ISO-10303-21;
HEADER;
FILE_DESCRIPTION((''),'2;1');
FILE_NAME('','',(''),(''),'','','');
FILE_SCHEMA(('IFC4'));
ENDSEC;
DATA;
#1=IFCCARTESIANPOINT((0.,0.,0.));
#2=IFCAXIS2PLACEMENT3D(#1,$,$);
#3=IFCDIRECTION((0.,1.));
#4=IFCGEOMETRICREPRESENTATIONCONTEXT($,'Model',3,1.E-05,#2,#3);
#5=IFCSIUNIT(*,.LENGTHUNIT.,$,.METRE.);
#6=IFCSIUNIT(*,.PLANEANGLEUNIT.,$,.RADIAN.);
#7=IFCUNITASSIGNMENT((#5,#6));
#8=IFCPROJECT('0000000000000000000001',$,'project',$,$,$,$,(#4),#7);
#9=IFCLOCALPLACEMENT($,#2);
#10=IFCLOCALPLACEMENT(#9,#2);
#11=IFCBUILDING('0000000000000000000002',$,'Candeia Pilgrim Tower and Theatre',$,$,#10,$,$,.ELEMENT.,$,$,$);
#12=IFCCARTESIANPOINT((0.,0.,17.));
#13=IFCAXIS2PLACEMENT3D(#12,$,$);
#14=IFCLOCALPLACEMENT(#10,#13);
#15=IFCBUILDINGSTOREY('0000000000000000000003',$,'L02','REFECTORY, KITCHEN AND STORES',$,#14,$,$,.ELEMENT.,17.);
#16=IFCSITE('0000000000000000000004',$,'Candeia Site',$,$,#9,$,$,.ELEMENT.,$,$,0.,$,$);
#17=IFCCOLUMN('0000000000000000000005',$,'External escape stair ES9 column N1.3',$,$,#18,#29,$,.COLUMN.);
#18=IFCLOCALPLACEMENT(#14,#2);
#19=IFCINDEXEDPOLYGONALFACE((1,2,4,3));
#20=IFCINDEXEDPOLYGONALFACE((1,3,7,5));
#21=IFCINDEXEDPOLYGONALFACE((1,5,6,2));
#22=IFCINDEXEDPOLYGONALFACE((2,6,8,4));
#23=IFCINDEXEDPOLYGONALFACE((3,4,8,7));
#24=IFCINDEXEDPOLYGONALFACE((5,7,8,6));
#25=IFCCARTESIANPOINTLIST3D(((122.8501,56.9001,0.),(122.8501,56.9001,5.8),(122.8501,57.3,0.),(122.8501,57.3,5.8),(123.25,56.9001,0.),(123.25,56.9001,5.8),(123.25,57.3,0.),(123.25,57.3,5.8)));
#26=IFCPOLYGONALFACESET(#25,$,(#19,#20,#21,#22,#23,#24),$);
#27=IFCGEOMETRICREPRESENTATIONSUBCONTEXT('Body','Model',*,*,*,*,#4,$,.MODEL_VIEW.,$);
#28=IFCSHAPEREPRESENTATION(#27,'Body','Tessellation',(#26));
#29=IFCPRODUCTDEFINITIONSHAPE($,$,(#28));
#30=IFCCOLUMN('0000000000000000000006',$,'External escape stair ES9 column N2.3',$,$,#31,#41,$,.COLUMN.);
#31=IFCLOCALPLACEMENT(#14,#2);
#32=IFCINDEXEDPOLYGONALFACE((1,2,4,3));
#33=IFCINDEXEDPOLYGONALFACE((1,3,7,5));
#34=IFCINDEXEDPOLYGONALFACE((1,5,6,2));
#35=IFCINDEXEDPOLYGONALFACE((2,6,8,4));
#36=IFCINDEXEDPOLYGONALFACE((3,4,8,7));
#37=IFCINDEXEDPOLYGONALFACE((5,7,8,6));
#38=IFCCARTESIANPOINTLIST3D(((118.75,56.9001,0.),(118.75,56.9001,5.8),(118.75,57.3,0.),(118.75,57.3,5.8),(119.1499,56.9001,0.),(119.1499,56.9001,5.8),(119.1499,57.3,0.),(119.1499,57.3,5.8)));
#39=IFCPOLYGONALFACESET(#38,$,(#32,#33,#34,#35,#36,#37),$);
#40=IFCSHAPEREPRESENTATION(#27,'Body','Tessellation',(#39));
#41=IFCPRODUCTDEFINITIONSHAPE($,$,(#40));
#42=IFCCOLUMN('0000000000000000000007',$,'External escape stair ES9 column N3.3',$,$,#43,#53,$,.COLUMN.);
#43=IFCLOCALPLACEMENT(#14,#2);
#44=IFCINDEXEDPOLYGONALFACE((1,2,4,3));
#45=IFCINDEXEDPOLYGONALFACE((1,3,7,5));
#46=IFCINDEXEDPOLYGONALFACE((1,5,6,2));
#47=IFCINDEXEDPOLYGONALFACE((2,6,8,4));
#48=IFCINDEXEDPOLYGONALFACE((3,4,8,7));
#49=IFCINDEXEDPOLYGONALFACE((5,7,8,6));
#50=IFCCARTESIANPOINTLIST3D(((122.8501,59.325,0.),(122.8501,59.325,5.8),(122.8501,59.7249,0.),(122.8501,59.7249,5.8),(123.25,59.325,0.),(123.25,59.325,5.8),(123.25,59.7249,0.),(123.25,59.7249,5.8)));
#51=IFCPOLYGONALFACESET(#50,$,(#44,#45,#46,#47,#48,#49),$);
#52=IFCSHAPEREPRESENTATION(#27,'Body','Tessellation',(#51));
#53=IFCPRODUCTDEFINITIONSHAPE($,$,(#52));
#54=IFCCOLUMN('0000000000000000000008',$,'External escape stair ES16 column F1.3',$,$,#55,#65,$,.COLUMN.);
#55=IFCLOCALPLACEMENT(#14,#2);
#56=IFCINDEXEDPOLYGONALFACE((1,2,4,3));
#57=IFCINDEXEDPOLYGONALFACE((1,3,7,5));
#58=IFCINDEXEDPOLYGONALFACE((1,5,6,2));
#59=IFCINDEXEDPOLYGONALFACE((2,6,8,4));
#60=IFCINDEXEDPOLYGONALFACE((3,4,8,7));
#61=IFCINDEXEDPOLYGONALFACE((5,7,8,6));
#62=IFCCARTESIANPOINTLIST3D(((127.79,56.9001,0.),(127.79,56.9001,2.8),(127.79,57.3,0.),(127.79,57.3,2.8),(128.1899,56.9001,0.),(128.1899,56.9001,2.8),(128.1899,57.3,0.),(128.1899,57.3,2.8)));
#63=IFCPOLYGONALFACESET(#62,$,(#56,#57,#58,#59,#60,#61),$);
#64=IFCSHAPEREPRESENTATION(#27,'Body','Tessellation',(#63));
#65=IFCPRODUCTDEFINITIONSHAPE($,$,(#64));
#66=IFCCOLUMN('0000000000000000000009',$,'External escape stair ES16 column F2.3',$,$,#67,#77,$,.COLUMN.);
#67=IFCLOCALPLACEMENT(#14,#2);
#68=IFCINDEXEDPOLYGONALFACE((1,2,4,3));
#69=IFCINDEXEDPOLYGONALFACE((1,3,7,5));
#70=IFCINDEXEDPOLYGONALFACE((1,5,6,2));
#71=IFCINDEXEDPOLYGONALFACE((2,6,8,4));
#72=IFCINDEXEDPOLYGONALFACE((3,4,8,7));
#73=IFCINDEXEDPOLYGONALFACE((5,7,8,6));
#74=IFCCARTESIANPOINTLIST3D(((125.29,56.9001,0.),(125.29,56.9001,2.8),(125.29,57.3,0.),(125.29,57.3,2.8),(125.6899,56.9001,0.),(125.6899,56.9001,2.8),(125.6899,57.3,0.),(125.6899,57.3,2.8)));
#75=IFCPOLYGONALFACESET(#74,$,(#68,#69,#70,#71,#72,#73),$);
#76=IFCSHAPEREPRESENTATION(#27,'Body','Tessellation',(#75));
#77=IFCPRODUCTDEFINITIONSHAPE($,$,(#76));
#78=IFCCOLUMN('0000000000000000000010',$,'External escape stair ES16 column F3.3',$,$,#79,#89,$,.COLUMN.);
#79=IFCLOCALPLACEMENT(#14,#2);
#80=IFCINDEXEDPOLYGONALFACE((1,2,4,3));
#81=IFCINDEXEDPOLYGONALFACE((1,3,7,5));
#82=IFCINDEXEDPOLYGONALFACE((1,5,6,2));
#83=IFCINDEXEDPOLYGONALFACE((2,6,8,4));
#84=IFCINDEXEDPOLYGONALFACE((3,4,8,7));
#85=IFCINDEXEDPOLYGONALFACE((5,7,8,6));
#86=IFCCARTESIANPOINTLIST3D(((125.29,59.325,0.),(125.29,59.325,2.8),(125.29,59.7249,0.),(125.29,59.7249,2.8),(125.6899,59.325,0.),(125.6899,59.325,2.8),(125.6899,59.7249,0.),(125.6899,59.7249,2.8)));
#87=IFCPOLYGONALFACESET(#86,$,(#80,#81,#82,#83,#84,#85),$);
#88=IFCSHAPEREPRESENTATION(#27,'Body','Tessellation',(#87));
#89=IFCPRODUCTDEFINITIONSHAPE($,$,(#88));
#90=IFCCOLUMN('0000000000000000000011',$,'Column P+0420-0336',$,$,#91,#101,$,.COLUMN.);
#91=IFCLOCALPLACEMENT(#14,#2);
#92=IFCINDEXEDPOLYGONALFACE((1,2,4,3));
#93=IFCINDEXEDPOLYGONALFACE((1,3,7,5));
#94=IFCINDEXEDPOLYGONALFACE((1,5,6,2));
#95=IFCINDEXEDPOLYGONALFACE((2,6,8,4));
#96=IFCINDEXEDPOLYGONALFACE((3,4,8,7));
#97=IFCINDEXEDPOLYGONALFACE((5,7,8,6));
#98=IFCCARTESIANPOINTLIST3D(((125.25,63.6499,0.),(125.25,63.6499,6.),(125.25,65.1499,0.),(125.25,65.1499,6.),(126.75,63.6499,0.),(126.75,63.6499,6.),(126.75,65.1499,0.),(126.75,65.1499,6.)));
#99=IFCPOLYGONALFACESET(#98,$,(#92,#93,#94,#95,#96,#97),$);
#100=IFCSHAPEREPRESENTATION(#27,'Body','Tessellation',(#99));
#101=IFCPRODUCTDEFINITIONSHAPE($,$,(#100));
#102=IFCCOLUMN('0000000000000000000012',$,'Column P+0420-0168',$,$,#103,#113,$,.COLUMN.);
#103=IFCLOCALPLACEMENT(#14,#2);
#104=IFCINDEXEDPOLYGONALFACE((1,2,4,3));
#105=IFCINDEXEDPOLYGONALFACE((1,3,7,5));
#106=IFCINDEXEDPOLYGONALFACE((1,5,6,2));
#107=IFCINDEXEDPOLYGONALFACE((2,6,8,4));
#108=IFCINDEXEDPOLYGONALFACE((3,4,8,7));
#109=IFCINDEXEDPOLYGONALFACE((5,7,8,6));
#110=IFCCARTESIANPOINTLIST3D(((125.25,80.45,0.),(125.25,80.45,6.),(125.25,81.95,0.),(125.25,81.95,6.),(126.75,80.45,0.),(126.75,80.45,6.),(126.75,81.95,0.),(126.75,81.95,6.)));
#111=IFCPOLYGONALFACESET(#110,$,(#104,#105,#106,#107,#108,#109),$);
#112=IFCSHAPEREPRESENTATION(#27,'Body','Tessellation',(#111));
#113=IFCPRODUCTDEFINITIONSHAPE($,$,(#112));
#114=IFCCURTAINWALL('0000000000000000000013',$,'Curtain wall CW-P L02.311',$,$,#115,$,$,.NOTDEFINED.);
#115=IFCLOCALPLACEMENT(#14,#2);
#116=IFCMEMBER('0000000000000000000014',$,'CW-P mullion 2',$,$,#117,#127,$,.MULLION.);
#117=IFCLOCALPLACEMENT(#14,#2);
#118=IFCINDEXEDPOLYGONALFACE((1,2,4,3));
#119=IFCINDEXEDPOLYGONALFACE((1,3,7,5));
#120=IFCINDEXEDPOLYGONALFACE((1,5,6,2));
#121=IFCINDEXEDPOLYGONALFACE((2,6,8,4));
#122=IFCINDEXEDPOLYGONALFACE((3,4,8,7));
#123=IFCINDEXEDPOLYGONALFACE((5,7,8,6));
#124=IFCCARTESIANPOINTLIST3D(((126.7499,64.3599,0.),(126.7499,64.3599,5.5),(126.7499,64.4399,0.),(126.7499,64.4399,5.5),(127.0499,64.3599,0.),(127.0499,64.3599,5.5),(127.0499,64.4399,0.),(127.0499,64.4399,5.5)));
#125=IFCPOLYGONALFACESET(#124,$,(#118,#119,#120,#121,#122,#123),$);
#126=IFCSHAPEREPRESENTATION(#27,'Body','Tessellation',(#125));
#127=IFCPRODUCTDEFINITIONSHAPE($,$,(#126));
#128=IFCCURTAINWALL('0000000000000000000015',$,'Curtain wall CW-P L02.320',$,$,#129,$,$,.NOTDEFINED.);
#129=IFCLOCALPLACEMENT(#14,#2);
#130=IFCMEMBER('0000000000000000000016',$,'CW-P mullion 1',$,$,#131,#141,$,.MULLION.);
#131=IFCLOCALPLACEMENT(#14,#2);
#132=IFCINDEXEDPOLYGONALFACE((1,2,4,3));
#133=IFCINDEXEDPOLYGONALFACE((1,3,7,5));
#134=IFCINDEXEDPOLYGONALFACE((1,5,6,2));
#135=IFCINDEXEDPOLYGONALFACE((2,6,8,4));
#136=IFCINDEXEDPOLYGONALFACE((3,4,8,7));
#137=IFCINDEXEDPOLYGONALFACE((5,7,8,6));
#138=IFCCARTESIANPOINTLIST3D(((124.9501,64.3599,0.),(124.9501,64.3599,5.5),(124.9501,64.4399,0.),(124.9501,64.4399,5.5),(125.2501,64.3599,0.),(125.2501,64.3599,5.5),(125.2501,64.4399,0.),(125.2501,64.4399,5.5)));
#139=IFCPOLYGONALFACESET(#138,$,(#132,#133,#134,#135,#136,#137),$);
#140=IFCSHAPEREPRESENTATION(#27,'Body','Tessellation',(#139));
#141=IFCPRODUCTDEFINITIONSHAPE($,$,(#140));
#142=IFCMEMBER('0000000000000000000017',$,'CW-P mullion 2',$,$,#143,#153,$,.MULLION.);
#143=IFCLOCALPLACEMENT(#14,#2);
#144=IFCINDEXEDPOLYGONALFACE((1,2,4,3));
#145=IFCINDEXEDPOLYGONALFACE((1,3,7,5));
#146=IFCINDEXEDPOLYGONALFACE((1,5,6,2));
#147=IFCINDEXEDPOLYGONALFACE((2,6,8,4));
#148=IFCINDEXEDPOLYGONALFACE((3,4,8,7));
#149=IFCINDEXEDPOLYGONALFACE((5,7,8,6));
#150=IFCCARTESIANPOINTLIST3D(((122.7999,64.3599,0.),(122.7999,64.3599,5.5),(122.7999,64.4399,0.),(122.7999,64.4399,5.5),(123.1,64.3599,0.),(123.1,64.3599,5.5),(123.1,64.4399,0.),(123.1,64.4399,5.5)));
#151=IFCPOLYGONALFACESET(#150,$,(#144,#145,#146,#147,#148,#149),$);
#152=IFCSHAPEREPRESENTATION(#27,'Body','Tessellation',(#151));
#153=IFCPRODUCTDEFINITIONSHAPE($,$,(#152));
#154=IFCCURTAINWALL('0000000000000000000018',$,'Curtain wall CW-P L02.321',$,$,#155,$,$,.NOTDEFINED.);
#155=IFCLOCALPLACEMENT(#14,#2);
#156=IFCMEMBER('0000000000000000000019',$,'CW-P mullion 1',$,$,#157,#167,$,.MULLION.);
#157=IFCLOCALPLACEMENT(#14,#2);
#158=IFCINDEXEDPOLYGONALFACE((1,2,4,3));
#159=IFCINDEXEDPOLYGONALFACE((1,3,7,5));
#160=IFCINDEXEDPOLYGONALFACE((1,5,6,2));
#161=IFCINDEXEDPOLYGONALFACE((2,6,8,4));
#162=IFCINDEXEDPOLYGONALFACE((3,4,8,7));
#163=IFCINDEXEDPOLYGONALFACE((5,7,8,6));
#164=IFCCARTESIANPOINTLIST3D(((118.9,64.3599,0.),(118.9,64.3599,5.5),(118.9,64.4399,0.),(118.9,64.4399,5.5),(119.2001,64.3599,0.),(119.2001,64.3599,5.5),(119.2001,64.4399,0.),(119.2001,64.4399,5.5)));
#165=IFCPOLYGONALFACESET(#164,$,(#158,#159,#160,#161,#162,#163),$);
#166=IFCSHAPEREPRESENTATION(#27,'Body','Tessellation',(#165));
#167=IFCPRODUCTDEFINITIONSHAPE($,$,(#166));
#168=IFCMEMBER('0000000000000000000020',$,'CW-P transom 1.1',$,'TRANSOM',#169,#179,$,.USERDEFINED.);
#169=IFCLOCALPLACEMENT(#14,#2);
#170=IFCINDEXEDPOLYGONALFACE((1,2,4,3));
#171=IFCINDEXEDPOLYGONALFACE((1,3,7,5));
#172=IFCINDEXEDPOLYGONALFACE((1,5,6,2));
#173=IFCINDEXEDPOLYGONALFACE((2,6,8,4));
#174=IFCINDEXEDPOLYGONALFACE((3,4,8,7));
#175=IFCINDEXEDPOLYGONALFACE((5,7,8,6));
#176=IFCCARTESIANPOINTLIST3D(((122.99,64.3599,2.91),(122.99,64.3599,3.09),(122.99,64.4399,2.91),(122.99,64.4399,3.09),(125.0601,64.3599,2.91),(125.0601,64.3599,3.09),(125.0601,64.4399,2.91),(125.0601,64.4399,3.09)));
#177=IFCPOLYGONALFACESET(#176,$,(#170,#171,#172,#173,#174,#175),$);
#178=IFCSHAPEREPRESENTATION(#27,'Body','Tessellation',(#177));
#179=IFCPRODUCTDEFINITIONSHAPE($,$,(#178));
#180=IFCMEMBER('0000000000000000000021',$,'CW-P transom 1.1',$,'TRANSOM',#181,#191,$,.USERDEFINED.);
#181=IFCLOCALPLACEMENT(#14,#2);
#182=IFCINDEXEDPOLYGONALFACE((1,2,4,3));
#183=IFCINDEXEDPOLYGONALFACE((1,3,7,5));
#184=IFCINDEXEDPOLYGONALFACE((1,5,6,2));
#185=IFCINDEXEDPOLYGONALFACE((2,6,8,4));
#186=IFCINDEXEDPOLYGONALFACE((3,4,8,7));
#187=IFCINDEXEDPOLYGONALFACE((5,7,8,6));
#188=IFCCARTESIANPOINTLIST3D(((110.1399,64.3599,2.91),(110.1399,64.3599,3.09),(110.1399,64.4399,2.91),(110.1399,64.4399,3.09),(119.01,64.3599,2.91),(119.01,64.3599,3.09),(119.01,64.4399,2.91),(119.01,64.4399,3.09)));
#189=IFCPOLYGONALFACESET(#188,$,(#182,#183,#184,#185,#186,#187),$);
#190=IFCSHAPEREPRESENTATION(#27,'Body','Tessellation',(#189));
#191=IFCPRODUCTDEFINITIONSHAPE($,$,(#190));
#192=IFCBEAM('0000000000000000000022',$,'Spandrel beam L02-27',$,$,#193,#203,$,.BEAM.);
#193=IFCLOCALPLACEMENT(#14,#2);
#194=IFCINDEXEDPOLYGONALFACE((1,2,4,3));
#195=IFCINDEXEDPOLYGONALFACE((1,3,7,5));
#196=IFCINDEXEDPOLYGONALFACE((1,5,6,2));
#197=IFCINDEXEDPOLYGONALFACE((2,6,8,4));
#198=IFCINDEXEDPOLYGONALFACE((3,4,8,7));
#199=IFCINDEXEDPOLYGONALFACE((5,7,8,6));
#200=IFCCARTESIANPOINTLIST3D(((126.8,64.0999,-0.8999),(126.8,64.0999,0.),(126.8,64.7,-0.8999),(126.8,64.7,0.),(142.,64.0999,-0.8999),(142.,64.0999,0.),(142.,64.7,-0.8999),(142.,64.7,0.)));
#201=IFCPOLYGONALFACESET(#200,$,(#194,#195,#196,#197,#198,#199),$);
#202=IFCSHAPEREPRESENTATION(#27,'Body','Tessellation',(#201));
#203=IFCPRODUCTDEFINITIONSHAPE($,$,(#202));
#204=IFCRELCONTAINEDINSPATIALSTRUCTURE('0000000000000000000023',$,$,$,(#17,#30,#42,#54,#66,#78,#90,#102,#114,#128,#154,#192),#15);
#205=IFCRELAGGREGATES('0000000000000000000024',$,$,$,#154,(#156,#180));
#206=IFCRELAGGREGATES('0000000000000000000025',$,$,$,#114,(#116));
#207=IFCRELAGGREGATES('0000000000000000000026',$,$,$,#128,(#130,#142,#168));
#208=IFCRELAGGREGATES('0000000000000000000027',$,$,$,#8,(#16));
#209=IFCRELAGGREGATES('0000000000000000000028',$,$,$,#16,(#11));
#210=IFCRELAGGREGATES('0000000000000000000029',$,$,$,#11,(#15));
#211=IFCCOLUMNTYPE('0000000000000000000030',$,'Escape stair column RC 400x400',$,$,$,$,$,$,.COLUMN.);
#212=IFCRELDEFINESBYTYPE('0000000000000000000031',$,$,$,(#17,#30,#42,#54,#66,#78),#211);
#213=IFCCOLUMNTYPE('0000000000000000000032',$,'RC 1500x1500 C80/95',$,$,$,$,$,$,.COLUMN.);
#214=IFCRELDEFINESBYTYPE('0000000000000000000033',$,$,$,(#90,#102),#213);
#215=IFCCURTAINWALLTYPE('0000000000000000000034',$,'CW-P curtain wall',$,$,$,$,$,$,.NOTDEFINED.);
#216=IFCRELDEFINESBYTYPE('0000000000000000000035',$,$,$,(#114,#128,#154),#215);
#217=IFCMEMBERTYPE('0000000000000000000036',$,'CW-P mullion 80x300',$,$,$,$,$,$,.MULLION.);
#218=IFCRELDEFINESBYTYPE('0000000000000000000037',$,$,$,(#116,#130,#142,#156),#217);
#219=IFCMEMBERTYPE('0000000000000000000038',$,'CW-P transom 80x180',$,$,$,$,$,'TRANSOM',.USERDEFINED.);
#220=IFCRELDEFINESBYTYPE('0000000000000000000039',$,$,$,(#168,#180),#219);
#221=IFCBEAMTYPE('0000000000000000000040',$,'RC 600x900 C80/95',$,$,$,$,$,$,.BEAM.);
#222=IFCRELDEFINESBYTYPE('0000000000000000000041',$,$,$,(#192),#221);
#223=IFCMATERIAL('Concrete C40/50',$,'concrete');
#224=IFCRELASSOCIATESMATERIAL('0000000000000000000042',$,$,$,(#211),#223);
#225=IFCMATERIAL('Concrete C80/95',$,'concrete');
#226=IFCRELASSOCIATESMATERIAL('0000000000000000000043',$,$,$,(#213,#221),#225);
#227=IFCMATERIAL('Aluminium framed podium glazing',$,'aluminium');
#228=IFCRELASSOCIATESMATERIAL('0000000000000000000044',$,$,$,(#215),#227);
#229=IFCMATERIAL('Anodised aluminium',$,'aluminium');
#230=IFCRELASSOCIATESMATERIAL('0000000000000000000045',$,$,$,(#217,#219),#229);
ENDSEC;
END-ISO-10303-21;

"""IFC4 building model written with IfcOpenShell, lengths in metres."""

from ifc_helpers import new_model, si_unit, direction, frame, origin, origin_2d, place, context, subcontext, project, spatial, rectangle, extrude, material, material_profile, profile_set, type_object, element, aggregate, save


model = new_model("IFC4")

# Units and contexts
model_context = context("Model", 3, precision=1e-05, world=origin(), true_north=direction((0.0, 1.0)))
body_context = subcontext(model_context, "Body", "Model", "MODEL_VIEW")
ifc_project = project(units=[si_unit("LENGTHUNIT", "METRE"), si_unit("PLANEANGLEUNIT", "RADIAN")], contexts=[model_context])

# Site, building, storey
site_placement = place(None, origin())
site = spatial("IfcSite", under=ifc_project, at=site_placement, Name="Candeia Site", CompositionType="ELEMENT", RefElevation=0.0)
building_placement = place(site_placement, origin())
building = spatial("IfcBuilding", under=site, at=building_placement, Name="Candeia Pilgrim Tower and Theatre", CompositionType="ELEMENT")
storey_placement = place(building_placement, frame((0.0, 0.0, 17.0)))
storey = spatial("IfcBuildingStorey", under=building, at=storey_placement, Name="L02", Description="REFECTORY, KITCHEN AND STORES", CompositionType="ELEMENT", Elevation=17.0)

# Columns
ifc_material_1 = material(Name="Concrete C40/50", Category="concrete")
ifc_material_profile_1 = material_profile(ifc_material_1, rectangle(XDim=0.3999, YDim=0.3999, at=origin_2d()))
ifc_profile_set_1 = profile_set([ifc_material_profile_1], Name="Concrete C40/50")
column_type_1 = type_object("IfcColumnType", Name="Escape stair column RC 400x400", PredefinedType="COLUMN", material=ifc_profile_set_1)
for number, where, z_axis, x_axis, name in (
    (1, (123.05, 57.1001, 0.0), (0.0, 0.0, 1.0), (1.0, 0.0, 0.0), "External escape stair ES9 column N1.3"),
    (2, (118.95, 57.1001, 0.0), (0.0, 0.0, 1.0), (1.0, 0.0, 0.0), "External escape stair ES9 column N2.3"),
    (3, (123.05, 59.5249, 0.0), (0.0, 0.0, 1.0), (1.0, 0.0, 0.0), "External escape stair ES9 column N3.3"),
):
    element("IfcColumn", number, at=place(storey_placement, frame(where, z_axis=z_axis, x_axis=x_axis)), inside=storey, type_object=column_type_1, Name=name, PredefinedType="COLUMN", context=body_context, shape_type="SweptSolid", body=[
        extrude(rectangle(XDim=0.3999, YDim=0.3999, at=origin_2d()), origin(), (0.0, 0.0, 1.0), 5.8),
    ])
for number, where, z_axis, x_axis, name in (
    (4, (127.99, 57.1001, 0.0), (0.0, 0.0, 1.0), (1.0, 0.0, 0.0), "External escape stair ES16 column F1.3"),
    (5, (125.49, 57.1001, 0.0), (0.0, 0.0, 1.0), (1.0, 0.0, 0.0), "External escape stair ES16 column F2.3"),
    (6, (125.49, 59.5249, 0.0), (0.0, 0.0, 1.0), (1.0, 0.0, 0.0), "External escape stair ES16 column F3.3"),
):
    element("IfcColumn", number, at=place(storey_placement, frame(where, z_axis=z_axis, x_axis=x_axis)), inside=storey, type_object=column_type_1, Name=name, PredefinedType="COLUMN", context=body_context, shape_type="SweptSolid", body=[
        extrude(rectangle(XDim=0.3999, YDim=0.3999, at=origin_2d()), origin(), (0.0, 0.0, 1.0), 2.8),
    ])
ifc_material_2 = material(Name="Concrete C80/95", Category="concrete")
ifc_material_profile_2 = material_profile(ifc_material_2, rectangle(XDim=1.5, YDim=1.5, at=origin_2d()))
ifc_profile_set_2 = profile_set([ifc_material_profile_2], Name="Concrete C80/95")
column_type_2 = type_object("IfcColumnType", Name="RC 1500x1500 C80/95", PredefinedType="COLUMN", material=ifc_profile_set_2)
for number, where, z_axis, x_axis, name in (
    (7, (126.0, 64.3999, 0.0), (0.0, 0.0, 1.0), (1.0, 0.0, 0.0), "Column P+0420-0336"),
    (8, (126.0, 81.2, 0.0), (0.0, 0.0, 1.0), (1.0, 0.0, 0.0), "Column P+0420-0168"),
):
    element("IfcColumn", number, at=place(storey_placement, frame(where, z_axis=z_axis, x_axis=x_axis)), inside=storey, type_object=column_type_2, Name=name, PredefinedType="COLUMN", context=body_context, shape_type="SweptSolid", body=[
        extrude(rectangle(XDim=1.5, YDim=1.5, at=origin_2d()), origin(), (0.0, 0.0, 1.0), 6.0),
    ])

# Curtain wall, member
ifc_material_3 = material(Name="Aluminium framed podium glazing", Category="aluminium")
curtain_wall_type = type_object("IfcCurtainWallType", Name="CW-P curtain wall", PredefinedType="NOTDEFINED", material=ifc_material_3)
curtain_wall_1_placement = place(storey_placement, origin())
curtain_wall_1 = element("IfcCurtainWall", 9, at=curtain_wall_1_placement, inside=storey, type_object=curtain_wall_type, Name="Curtain wall CW-P L02.311", PredefinedType="NOTDEFINED")
ifc_material_4 = material(Name="Anodised aluminium", Category="aluminium")
ifc_material_profile_3 = material_profile(ifc_material_4, rectangle(XDim=0.0801, YDim=0.3, at=origin_2d()))
ifc_profile_set_3 = profile_set([ifc_material_profile_3], Name="Anodised aluminium")
member_type_1 = type_object("IfcMemberType", Name="CW-P mullion 80x300", PredefinedType="MULLION", material=ifc_profile_set_3)
member_1_placement = place(storey_placement, frame((126.8999, 64.3999, 0.0), z_axis=(0.0, 0.0, 1.0), x_axis=(0.0, -1.0, 0.0)))
member_1 = element("IfcMember", 10, at=member_1_placement, type_object=member_type_1, Name="CW-P mullion 2", PredefinedType="MULLION", context=body_context, shape_type="SweptSolid", body=[
    extrude(rectangle(XDim=0.0801, YDim=0.3, at=origin_2d()), origin(), (0.0, 0.0, 1.0), 5.5),
])

# Curtain wall, members
curtain_wall_2_placement = place(storey_placement, origin())
curtain_wall_2 = element("IfcCurtainWall", 11, at=curtain_wall_2_placement, inside=storey, type_object=curtain_wall_type, Name="Curtain wall CW-P L02.320", PredefinedType="NOTDEFINED")
member_2_placement = place(storey_placement, frame((125.1001, 64.3999, 0.0), z_axis=(0.0, 0.0, 1.0), x_axis=(0.0, -1.0, 0.0)))
member_2 = element("IfcMember", 12, at=member_2_placement, type_object=member_type_1, Name="CW-P mullion 1", PredefinedType="MULLION", context=body_context, shape_type="SweptSolid", body=[
    extrude(rectangle(XDim=0.0801, YDim=0.3, at=origin_2d()), origin(), (0.0, 0.0, 1.0), 5.5),
])
member_3_placement = place(storey_placement, frame((122.95, 64.3999, 0.0), z_axis=(0.0, 0.0, 1.0), x_axis=(0.0, -1.0, 0.0)))
member_3 = element("IfcMember", 13, at=member_3_placement, type_object=member_type_1, Name="CW-P mullion 2", PredefinedType="MULLION", context=body_context, shape_type="SweptSolid", body=[
    extrude(rectangle(XDim=0.0801, YDim=0.3, at=origin_2d()), origin(), (0.0, 0.0, 1.0), 5.5),
])

# Curtain wall, member
curtain_wall_3_placement = place(storey_placement, origin())
curtain_wall_3 = element("IfcCurtainWall", 14, at=curtain_wall_3_placement, inside=storey, type_object=curtain_wall_type, Name="Curtain wall CW-P L02.321", PredefinedType="NOTDEFINED")
member_4_placement = place(storey_placement, frame((119.05, 64.3999, 0.0), z_axis=(0.0, 0.0, 1.0), x_axis=(0.0, -1.0, 0.0)))
member_4 = element("IfcMember", 15, at=member_4_placement, type_object=member_type_1, Name="CW-P mullion 1", PredefinedType="MULLION", context=body_context, shape_type="SweptSolid", body=[
    extrude(rectangle(XDim=0.0801, YDim=0.3, at=origin_2d()), origin(), (0.0, 0.0, 1.0), 5.5),
])

# Members
ifc_material_profile_4 = material_profile(ifc_material_4, rectangle(XDim=0.0801, YDim=0.1799, at=origin_2d()))
ifc_profile_set_4 = profile_set([ifc_material_profile_4], Name="Anodised aluminium")
member_type_2 = type_object("IfcMemberType", Name="CW-P transom 80x180", ElementType="TRANSOM", PredefinedType="USERDEFINED", material=ifc_profile_set_4)
member_5_placement = place(storey_placement, frame((125.0601, 64.3999, 3.0), z_axis=(-1.0, 0.0, 0.0), x_axis=(0.0, -1.0, 0.0)))
member_5 = element("IfcMember", 16, at=member_5_placement, type_object=member_type_2, Name="CW-P transom 1.1", ObjectType="TRANSOM", PredefinedType="USERDEFINED", context=body_context, shape_type="SweptSolid", body=[
    extrude(rectangle(XDim=0.0801, YDim=0.1799, at=origin_2d()), origin(), (0.0, 0.0, 1.0), 2.0701),
])
member_6_placement = place(storey_placement, frame((119.01, 64.3999, 3.0), z_axis=(-1.0, 0.0, 0.0), x_axis=(0.0, -1.0, 0.0)))
member_6 = element("IfcMember", 17, at=member_6_placement, type_object=member_type_2, Name="CW-P transom 1.1", ObjectType="TRANSOM", PredefinedType="USERDEFINED", context=body_context, shape_type="SweptSolid", body=[
    extrude(rectangle(XDim=0.0801, YDim=0.1799, at=origin_2d()), origin(), (0.0, 0.0, 1.0), 8.8701),
])
aggregate(curtain_wall_3, [member_4, member_6])

# Beam
ifc_material_profile_5 = material_profile(ifc_material_2, rectangle(XDim=0.6001, YDim=0.8999, at=origin_2d()))
ifc_profile_set_5 = profile_set([ifc_material_profile_5], Name="Concrete C80/95")
beam_type = type_object("IfcBeamType", Name="RC 600x900 C80/95", PredefinedType="BEAM", material=ifc_profile_set_5)
beam_placement = place(storey_placement, frame((126.8, 64.3999, -0.45), z_axis=(1.0, 0.0, 0.0), x_axis=(0.0, 1.0, 0.0)))
element("IfcBeam", 18, at=beam_placement, inside=storey, type_object=beam_type, Name="Spandrel beam L02-27", PredefinedType="BEAM", context=body_context, shape_type="SweptSolid", body=[
    extrude(rectangle(XDim=0.6001, YDim=0.8999, at=origin_2d()), origin(), (0.0, 0.0, 1.0), 15.2),
])

aggregate(curtain_wall_1, [member_1])
aggregate(curtain_wall_2, [member_2, member_3, member_5])

save(model, "model.ifc")
